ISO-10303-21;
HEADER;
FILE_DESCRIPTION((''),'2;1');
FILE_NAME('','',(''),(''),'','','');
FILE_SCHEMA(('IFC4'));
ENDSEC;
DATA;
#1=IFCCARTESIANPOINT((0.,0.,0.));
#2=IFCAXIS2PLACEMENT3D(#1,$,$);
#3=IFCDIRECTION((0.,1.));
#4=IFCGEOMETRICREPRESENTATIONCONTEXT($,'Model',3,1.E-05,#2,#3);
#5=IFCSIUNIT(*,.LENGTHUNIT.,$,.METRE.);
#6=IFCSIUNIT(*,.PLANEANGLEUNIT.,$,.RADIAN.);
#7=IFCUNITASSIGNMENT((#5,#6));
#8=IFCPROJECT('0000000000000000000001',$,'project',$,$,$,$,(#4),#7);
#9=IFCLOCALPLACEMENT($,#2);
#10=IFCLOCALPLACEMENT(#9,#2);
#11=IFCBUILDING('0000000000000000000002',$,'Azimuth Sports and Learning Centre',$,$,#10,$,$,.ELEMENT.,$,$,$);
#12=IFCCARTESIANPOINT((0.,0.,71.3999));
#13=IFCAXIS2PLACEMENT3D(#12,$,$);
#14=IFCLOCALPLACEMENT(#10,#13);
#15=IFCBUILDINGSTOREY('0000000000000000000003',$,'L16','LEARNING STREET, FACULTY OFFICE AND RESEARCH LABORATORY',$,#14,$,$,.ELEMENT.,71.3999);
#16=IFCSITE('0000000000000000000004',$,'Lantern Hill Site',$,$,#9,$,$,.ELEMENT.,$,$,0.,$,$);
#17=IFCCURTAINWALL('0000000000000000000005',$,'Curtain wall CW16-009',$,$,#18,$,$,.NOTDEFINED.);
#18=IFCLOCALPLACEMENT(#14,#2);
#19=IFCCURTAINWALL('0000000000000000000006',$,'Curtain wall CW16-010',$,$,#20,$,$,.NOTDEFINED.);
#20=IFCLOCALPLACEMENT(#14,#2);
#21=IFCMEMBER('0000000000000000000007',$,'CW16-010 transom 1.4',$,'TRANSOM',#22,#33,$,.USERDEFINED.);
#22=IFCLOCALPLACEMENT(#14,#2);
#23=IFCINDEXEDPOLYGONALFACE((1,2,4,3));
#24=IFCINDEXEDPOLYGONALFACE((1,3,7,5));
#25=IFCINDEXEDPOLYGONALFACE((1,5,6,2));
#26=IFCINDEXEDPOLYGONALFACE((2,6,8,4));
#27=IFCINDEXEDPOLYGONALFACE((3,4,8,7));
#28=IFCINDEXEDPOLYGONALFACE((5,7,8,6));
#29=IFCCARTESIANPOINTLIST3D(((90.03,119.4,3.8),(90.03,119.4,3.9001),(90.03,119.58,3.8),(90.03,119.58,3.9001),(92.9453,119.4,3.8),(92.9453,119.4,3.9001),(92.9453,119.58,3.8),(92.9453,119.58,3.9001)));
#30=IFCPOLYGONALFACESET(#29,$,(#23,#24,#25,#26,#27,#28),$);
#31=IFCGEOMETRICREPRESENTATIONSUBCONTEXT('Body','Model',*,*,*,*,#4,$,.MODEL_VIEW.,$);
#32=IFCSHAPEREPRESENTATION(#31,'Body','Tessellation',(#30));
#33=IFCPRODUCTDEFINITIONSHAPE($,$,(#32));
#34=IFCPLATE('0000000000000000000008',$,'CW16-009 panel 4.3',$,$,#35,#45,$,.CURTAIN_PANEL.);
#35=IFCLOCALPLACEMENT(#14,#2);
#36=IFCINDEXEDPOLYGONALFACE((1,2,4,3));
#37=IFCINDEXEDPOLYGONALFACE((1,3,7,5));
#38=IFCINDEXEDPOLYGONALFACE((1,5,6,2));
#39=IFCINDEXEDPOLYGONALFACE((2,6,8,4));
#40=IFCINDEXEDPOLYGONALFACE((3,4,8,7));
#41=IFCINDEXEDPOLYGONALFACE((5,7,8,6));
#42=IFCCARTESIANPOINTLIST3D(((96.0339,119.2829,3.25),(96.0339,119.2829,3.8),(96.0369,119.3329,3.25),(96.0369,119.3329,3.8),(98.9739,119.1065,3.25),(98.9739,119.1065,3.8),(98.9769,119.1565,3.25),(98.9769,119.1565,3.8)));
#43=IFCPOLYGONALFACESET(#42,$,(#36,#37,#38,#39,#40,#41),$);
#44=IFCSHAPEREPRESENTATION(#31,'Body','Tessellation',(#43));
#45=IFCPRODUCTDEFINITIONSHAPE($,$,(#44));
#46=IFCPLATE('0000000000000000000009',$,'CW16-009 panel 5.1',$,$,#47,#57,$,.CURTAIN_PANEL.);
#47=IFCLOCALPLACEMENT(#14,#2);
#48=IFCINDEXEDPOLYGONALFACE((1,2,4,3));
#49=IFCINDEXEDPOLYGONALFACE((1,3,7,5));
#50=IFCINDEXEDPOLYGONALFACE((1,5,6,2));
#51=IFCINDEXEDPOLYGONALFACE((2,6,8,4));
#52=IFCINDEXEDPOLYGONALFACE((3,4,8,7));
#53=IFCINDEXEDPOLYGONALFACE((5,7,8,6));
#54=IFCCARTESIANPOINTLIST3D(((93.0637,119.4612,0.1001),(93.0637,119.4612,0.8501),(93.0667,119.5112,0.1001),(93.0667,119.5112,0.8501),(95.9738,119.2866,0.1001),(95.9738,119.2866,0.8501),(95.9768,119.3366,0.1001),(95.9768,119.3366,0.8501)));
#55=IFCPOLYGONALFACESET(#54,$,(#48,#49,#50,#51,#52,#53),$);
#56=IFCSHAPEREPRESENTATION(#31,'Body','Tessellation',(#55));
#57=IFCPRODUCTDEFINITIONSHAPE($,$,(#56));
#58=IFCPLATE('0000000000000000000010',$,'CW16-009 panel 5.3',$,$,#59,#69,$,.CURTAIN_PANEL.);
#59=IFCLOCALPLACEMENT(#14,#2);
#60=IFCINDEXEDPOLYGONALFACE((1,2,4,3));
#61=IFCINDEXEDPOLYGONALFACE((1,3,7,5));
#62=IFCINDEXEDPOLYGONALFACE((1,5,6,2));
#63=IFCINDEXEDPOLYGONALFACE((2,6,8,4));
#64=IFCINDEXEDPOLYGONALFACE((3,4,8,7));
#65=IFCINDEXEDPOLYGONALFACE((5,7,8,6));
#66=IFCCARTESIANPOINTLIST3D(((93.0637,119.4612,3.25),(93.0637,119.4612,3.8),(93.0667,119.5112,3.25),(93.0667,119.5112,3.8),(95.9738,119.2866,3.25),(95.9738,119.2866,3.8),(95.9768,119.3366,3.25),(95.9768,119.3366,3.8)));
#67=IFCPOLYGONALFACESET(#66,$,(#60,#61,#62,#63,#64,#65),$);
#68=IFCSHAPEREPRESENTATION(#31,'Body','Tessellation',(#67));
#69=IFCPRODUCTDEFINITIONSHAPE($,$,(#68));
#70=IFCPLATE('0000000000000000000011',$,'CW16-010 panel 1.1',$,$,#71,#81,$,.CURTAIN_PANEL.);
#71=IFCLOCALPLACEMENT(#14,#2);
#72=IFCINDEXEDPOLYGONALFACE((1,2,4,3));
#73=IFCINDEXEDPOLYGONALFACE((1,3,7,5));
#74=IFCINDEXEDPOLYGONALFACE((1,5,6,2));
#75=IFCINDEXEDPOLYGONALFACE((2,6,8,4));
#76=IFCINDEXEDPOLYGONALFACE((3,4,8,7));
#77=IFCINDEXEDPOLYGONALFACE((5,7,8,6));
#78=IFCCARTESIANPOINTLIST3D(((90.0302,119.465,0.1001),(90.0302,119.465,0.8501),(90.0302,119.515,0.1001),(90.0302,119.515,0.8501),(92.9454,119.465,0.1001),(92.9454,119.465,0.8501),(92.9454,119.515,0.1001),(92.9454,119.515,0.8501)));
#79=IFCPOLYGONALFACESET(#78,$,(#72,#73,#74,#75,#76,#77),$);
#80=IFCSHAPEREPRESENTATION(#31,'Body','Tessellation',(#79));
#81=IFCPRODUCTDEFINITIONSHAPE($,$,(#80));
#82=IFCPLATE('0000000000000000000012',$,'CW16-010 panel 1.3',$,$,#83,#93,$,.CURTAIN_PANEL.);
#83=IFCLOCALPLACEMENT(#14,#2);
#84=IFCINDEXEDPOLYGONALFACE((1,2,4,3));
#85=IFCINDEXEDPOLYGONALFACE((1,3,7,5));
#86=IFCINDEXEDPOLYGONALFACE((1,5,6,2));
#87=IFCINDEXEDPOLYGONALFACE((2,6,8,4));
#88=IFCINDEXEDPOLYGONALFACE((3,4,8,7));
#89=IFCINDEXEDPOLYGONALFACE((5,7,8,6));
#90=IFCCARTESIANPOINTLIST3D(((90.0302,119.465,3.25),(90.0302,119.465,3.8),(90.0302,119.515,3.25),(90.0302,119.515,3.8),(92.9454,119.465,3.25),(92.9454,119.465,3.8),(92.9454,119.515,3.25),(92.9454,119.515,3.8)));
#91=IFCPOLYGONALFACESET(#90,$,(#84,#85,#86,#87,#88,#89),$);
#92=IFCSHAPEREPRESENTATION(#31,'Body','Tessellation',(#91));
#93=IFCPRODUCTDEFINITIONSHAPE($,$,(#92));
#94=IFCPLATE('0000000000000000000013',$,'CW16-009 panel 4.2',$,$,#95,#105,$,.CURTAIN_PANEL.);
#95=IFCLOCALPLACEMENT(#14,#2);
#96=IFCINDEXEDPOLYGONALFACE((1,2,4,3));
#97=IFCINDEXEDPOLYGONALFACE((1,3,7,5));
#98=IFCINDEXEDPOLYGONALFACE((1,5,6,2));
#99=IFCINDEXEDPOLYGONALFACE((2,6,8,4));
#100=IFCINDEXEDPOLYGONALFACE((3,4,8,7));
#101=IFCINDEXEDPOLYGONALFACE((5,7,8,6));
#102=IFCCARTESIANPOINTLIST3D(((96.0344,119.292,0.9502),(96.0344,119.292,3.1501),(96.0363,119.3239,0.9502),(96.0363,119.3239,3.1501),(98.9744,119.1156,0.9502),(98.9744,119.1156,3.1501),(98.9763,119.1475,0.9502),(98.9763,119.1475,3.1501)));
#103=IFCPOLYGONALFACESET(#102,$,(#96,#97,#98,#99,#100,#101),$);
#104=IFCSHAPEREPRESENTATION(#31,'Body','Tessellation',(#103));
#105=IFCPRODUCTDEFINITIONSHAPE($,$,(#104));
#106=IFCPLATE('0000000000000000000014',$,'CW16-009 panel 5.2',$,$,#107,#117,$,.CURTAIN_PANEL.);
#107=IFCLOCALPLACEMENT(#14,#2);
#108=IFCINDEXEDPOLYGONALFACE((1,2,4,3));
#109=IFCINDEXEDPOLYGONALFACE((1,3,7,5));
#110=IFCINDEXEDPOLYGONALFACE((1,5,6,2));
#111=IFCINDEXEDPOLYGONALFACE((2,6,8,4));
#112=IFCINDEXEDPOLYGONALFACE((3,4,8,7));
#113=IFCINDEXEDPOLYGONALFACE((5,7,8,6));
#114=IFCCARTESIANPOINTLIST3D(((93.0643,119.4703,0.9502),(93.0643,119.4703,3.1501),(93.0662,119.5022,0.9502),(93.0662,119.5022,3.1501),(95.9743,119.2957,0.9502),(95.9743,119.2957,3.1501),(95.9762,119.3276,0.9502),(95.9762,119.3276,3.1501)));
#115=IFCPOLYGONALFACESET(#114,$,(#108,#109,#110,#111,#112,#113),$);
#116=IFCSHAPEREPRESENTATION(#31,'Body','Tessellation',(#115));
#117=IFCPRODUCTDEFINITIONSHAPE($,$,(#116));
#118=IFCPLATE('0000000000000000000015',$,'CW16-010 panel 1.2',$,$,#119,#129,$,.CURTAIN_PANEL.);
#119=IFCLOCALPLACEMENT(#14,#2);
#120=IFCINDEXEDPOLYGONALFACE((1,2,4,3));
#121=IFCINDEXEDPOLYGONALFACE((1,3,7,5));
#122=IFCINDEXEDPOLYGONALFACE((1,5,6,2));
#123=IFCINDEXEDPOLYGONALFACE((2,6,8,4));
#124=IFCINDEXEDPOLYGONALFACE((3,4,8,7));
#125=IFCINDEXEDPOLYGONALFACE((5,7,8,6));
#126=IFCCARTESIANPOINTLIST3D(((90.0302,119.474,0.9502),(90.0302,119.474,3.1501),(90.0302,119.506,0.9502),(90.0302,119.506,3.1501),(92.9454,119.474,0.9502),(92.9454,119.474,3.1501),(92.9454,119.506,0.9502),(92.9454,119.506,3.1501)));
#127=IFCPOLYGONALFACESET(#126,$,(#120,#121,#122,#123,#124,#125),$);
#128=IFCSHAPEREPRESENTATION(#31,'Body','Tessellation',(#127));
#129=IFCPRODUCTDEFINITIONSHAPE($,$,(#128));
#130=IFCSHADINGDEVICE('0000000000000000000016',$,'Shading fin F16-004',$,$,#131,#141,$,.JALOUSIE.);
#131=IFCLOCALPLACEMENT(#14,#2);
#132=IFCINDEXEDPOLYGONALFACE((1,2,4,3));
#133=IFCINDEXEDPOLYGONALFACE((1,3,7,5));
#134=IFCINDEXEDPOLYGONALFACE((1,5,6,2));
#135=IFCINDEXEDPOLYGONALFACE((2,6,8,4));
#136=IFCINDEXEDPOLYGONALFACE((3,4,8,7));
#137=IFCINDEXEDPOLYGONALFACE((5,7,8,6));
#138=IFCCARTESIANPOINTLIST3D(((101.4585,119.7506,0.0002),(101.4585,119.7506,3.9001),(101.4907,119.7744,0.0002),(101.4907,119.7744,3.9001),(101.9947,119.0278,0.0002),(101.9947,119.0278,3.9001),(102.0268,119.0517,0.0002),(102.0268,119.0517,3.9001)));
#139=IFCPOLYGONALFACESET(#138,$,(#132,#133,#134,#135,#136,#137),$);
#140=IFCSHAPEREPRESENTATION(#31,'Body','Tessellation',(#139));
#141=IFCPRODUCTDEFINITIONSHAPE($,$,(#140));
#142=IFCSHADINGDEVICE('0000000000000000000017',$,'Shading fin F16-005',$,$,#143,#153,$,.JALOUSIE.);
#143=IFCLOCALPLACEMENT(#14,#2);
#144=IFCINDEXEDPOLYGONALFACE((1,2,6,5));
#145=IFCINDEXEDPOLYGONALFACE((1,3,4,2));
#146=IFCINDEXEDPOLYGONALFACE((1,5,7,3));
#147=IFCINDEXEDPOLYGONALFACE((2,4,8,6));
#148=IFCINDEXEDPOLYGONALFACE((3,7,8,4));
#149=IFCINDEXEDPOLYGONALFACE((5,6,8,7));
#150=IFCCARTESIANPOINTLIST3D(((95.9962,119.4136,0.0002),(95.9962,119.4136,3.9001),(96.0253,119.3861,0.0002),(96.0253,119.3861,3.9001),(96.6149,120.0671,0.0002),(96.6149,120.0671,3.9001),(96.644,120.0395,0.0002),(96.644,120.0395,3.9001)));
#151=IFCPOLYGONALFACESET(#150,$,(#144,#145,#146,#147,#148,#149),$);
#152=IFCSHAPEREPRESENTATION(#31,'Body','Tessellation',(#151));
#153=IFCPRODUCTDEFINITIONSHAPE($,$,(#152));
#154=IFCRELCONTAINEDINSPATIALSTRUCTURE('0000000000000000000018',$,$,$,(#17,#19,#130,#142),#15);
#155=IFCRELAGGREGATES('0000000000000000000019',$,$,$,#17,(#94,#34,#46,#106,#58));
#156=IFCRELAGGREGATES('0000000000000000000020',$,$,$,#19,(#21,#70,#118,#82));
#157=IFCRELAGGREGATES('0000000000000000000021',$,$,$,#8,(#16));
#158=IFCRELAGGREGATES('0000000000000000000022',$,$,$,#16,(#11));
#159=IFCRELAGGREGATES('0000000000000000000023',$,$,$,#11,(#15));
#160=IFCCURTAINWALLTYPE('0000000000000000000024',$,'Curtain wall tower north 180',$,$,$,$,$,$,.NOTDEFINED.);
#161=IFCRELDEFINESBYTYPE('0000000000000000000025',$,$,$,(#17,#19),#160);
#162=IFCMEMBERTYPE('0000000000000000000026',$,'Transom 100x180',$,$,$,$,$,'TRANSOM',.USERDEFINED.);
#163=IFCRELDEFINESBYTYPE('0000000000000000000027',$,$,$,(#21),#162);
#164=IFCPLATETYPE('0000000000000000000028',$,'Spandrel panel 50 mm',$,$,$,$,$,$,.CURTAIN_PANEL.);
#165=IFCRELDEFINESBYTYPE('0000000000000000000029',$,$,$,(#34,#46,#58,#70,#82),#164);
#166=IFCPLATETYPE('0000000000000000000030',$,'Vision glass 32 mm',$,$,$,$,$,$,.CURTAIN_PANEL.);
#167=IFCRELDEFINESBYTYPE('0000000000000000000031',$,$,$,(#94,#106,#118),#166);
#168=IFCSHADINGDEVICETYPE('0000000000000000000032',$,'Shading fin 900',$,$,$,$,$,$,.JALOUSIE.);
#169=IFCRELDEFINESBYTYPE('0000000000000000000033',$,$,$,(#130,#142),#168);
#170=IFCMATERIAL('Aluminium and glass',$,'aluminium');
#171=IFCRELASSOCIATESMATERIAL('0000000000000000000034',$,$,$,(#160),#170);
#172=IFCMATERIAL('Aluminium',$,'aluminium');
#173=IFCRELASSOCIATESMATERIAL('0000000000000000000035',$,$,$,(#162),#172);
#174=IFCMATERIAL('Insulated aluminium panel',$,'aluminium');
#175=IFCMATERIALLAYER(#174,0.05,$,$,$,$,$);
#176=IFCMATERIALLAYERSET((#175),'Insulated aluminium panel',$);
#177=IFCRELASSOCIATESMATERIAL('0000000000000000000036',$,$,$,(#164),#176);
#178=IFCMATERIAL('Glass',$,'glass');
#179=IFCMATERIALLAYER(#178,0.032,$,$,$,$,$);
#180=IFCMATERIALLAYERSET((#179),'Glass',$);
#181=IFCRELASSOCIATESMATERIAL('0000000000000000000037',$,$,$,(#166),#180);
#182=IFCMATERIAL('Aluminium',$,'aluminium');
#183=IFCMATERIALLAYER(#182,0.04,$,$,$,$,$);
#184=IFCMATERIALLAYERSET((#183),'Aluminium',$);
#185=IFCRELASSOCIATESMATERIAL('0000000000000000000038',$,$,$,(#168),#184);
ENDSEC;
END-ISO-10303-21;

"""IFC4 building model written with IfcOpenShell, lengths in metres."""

from ifc_helpers import new_model, si_unit, direction, frame, origin, origin_2d, place, context, subcontext, project, spatial, rectangle, extrude, material, layer, layer_set, material_profile, profile_set, type_object, element, aggregate, save


model = new_model("IFC4")

# Units and contexts
model_context = context("Model", 3, precision=1e-05, world=origin(), true_north=direction((0.0, 1.0)))
body_context = subcontext(model_context, "Body", "Model", "MODEL_VIEW")
ifc_project = project(units=[si_unit("LENGTHUNIT", "METRE"), si_unit("PLANEANGLEUNIT", "RADIAN")], contexts=[model_context])

# Site, building, storey
site_placement = place(None, origin())
site = spatial("IfcSite", under=ifc_project, at=site_placement, Name="Lantern Hill Site", CompositionType="ELEMENT", RefElevation=0.0)
building_placement = place(site_placement, origin())
building = spatial("IfcBuilding", under=site, at=building_placement, Name="Azimuth Sports and Learning Centre", CompositionType="ELEMENT")
storey_placement = place(building_placement, frame((0.0, 0.0, 71.3999)))
storey = spatial("IfcBuildingStorey", under=building, at=storey_placement, Name="L16", Description="LEARNING STREET, FACULTY OFFICE AND RESEARCH LABORATORY", CompositionType="ELEMENT", Elevation=71.3999)

# Curtain wall
ifc_material_1 = material(Name="Aluminium and glass", Category="aluminium")
curtain_wall_type = type_object("IfcCurtainWallType", Name="Curtain wall tower north 180", PredefinedType="NOTDEFINED", material=ifc_material_1)
curtain_wall_1_placement = place(storey_placement, origin())
curtain_wall_1 = element("IfcCurtainWall", 1, at=curtain_wall_1_placement, inside=storey, type_object=curtain_wall_type, Name="Curtain wall CW16-009", PredefinedType="NOTDEFINED")

# Curtain wall
curtain_wall_2_placement = place(storey_placement, origin())
curtain_wall_2 = element("IfcCurtainWall", 2, at=curtain_wall_2_placement, inside=storey, type_object=curtain_wall_type, Name="Curtain wall CW16-010", PredefinedType="NOTDEFINED")

# Member
ifc_material_2 = material(Name="Aluminium", Category="aluminium")
ifc_material_profile_1 = material_profile(ifc_material_2, rectangle(XDim=0.1799, YDim=0.1001, at=origin_2d()), Name="Transom 100x180")
ifc_profile_set_1 = profile_set([ifc_material_profile_1], Name="Aluminium")
member_type_1 = type_object("IfcMemberType", Name="Transom 100x180", ElementType="TRANSOM", PredefinedType="USERDEFINED", material=ifc_profile_set_1)
member_1_placement = place(storey_placement, frame((92.9453, 119.49, 3.8501), z_axis=(-1.0, 0.0, 0.0), x_axis=(0.0, -1.0, 0.0)))
member_1 = element("IfcMember", 3, at=member_1_placement, type_object=member_type_1, Name="CW16-010 transom 1.4", ObjectType="TRANSOM", PredefinedType="USERDEFINED", context=body_context, shape_type="SweptSolid", body=[
    extrude(rectangle(XDim=0.1799, YDim=0.1001, at=origin_2d()), origin(), (0.0, 0.0, 1.0), 2.9153),
])

# Plates
ifc_material_3 = material(Name="Insulated aluminium panel", Category="aluminium")
ifc_layer_1 = layer(ifc_material_3, 0.05)
ifc_layer_set_1 = layer_set([ifc_layer_1], Name="Insulated aluminium panel")
plate_type_1 = type_object("IfcPlateType", Name="Spandrel panel 50 mm", PredefinedType="CURTAIN_PANEL", material=ifc_layer_set_1)
plate_1_placement = place(storey_placement, frame((97.5054, 119.2197, 3.25), z_axis=(0.0, 0.0, 1.0), x_axis=(-0.998205, 0.059892, 0.0)))
plate_1 = element("IfcPlate", 4, at=plate_1_placement, type_object=plate_type_1, Name="CW16-009 panel 4.3", PredefinedType="CURTAIN_PANEL", context=body_context, shape_type="SweptSolid", body=[
    extrude(rectangle(XDim=2.9453, YDim=0.05, at=origin_2d()), origin(), (0.0, 0.0, 1.0), 0.55),
])
plate_2_placement = place(storey_placement, frame((94.5203, 119.3989, 0.1001), z_axis=(0.0, 0.0, 1.0), x_axis=(-0.998205, 0.059892, 0.0)))
plate_2 = element("IfcPlate", 5, at=plate_2_placement, type_object=plate_type_1, Name="CW16-009 panel 5.1", PredefinedType="CURTAIN_PANEL", context=body_context, shape_type="SweptSolid", body=[
    extrude(rectangle(XDim=2.9153, YDim=0.05, at=origin_2d()), origin(), (0.0, 0.0, 1.0), 0.75),
])
plate_3_placement = place(storey_placement, frame((94.5203, 119.3989, 3.25), z_axis=(0.0, 0.0, 1.0), x_axis=(-0.998205, 0.059892, 0.0)))
plate_3 = element("IfcPlate", 6, at=plate_3_placement, type_object=plate_type_1, Name="CW16-009 panel 5.3", PredefinedType="CURTAIN_PANEL", context=body_context, shape_type="SweptSolid", body=[
    extrude(rectangle(XDim=2.9153, YDim=0.05, at=origin_2d()), origin(), (0.0, 0.0, 1.0), 0.55),
])
plate_4_placement = place(storey_placement, frame((91.4878, 119.49, 0.1001), z_axis=(0.0, 0.0, 1.0), x_axis=(-1.0, 0.0, 0.0)))
plate_4 = element("IfcPlate", 7, at=plate_4_placement, type_object=plate_type_1, Name="CW16-010 panel 1.1", PredefinedType="CURTAIN_PANEL", context=body_context, shape_type="SweptSolid", body=[
    extrude(rectangle(XDim=2.9153, YDim=0.05, at=origin_2d()), origin(), (0.0, 0.0, 1.0), 0.75),
])
plate_5_placement = place(storey_placement, frame((91.4878, 119.49, 3.25), z_axis=(0.0, 0.0, 1.0), x_axis=(-1.0, 0.0, 0.0)))
plate_5 = element("IfcPlate", 8, at=plate_5_placement, type_object=plate_type_1, Name="CW16-010 panel 1.3", PredefinedType="CURTAIN_PANEL", context=body_context, shape_type="SweptSolid", body=[
    extrude(rectangle(XDim=2.9153, YDim=0.05, at=origin_2d()), origin(), (0.0, 0.0, 1.0), 0.55),
])
ifc_material_4 = material(Name="Glass", Category="glass")
ifc_layer_2 = layer(ifc_material_4, 0.032)
ifc_layer_set_2 = layer_set([ifc_layer_2], Name="Glass")
plate_type_2 = type_object("IfcPlateType", Name="Vision glass 32 mm", PredefinedType="CURTAIN_PANEL", material=ifc_layer_set_2)
plate_6_placement = place(storey_placement, frame((97.5054, 119.2197, 0.9502), z_axis=(0.0, 0.0, 1.0), x_axis=(-0.998205, 0.059892, 0.0)))
plate_6 = element("IfcPlate", 9, at=plate_6_placement, type_object=plate_type_2, Name="CW16-009 panel 4.2", PredefinedType="CURTAIN_PANEL", context=body_context, shape_type="SweptSolid", body=[
    extrude(rectangle(XDim=2.9453, YDim=0.032, at=origin_2d()), origin(), (0.0, 0.0, 1.0), 2.2),
])
plate_7_placement = place(storey_placement, frame((94.5203, 119.3989, 0.9502), z_axis=(0.0, 0.0, 1.0), x_axis=(-0.998205, 0.059892, 0.0)))
plate_7 = element("IfcPlate", 10, at=plate_7_placement, type_object=plate_type_2, Name="CW16-009 panel 5.2", PredefinedType="CURTAIN_PANEL", context=body_context, shape_type="SweptSolid", body=[
    extrude(rectangle(XDim=2.9153, YDim=0.032, at=origin_2d()), origin(), (0.0, 0.0, 1.0), 2.2),
])
aggregate(curtain_wall_1, [plate_6, plate_1, plate_2, plate_7, plate_3])
plate_8_placement = place(storey_placement, frame((91.4878, 119.49, 0.9502), z_axis=(0.0, 0.0, 1.0), x_axis=(-1.0, 0.0, 0.0)))
plate_8 = element("IfcPlate", 11, at=plate_8_placement, type_object=plate_type_2, Name="CW16-010 panel 1.2", PredefinedType="CURTAIN_PANEL", context=body_context, shape_type="SweptSolid", body=[
    extrude(rectangle(XDim=2.9153, YDim=0.032, at=origin_2d()), origin(), (0.0, 0.0, 1.0), 2.2),
])
aggregate(curtain_wall_2, [member_1, plate_4, plate_8, plate_5])

# Shading devices
ifc_material_5 = material(Name="Aluminium", Category="aluminium")
ifc_layer_3 = layer(ifc_material_5, 0.04)
ifc_layer_set_3 = layer_set([ifc_layer_3], Name="Aluminium")
shading_device_type = type_object("IfcShadingDeviceType", Name="Shading fin 900", PredefinedType="JALOUSIE", material=ifc_layer_set_3)
for number, where, z_axis, x_axis, name in (
    (12, (101.7427, 119.4011, 0.0002), (0.0, 0.0, 1.0), (-0.595754, 0.803167, 0.0), "Shading fin F16-004"),
    (13, (96.3201, 119.7266, 0.0002), (0.0, 0.0, 1.0), (0.687514, 0.726171, 0.0), "Shading fin F16-005"),
):
    element("IfcShadingDevice", number, at=place(storey_placement, frame(where, z_axis=z_axis, x_axis=x_axis)), inside=storey, type_object=shading_device_type, Name=name, PredefinedType="JALOUSIE", context=body_context, shape_type="SweptSolid", body=[
        extrude(rectangle(XDim=0.8999, YDim=0.04, at=origin_2d()), origin(), (0.0, 0.0, 1.0), 3.8999),
    ])

save(model, "model.ifc")
